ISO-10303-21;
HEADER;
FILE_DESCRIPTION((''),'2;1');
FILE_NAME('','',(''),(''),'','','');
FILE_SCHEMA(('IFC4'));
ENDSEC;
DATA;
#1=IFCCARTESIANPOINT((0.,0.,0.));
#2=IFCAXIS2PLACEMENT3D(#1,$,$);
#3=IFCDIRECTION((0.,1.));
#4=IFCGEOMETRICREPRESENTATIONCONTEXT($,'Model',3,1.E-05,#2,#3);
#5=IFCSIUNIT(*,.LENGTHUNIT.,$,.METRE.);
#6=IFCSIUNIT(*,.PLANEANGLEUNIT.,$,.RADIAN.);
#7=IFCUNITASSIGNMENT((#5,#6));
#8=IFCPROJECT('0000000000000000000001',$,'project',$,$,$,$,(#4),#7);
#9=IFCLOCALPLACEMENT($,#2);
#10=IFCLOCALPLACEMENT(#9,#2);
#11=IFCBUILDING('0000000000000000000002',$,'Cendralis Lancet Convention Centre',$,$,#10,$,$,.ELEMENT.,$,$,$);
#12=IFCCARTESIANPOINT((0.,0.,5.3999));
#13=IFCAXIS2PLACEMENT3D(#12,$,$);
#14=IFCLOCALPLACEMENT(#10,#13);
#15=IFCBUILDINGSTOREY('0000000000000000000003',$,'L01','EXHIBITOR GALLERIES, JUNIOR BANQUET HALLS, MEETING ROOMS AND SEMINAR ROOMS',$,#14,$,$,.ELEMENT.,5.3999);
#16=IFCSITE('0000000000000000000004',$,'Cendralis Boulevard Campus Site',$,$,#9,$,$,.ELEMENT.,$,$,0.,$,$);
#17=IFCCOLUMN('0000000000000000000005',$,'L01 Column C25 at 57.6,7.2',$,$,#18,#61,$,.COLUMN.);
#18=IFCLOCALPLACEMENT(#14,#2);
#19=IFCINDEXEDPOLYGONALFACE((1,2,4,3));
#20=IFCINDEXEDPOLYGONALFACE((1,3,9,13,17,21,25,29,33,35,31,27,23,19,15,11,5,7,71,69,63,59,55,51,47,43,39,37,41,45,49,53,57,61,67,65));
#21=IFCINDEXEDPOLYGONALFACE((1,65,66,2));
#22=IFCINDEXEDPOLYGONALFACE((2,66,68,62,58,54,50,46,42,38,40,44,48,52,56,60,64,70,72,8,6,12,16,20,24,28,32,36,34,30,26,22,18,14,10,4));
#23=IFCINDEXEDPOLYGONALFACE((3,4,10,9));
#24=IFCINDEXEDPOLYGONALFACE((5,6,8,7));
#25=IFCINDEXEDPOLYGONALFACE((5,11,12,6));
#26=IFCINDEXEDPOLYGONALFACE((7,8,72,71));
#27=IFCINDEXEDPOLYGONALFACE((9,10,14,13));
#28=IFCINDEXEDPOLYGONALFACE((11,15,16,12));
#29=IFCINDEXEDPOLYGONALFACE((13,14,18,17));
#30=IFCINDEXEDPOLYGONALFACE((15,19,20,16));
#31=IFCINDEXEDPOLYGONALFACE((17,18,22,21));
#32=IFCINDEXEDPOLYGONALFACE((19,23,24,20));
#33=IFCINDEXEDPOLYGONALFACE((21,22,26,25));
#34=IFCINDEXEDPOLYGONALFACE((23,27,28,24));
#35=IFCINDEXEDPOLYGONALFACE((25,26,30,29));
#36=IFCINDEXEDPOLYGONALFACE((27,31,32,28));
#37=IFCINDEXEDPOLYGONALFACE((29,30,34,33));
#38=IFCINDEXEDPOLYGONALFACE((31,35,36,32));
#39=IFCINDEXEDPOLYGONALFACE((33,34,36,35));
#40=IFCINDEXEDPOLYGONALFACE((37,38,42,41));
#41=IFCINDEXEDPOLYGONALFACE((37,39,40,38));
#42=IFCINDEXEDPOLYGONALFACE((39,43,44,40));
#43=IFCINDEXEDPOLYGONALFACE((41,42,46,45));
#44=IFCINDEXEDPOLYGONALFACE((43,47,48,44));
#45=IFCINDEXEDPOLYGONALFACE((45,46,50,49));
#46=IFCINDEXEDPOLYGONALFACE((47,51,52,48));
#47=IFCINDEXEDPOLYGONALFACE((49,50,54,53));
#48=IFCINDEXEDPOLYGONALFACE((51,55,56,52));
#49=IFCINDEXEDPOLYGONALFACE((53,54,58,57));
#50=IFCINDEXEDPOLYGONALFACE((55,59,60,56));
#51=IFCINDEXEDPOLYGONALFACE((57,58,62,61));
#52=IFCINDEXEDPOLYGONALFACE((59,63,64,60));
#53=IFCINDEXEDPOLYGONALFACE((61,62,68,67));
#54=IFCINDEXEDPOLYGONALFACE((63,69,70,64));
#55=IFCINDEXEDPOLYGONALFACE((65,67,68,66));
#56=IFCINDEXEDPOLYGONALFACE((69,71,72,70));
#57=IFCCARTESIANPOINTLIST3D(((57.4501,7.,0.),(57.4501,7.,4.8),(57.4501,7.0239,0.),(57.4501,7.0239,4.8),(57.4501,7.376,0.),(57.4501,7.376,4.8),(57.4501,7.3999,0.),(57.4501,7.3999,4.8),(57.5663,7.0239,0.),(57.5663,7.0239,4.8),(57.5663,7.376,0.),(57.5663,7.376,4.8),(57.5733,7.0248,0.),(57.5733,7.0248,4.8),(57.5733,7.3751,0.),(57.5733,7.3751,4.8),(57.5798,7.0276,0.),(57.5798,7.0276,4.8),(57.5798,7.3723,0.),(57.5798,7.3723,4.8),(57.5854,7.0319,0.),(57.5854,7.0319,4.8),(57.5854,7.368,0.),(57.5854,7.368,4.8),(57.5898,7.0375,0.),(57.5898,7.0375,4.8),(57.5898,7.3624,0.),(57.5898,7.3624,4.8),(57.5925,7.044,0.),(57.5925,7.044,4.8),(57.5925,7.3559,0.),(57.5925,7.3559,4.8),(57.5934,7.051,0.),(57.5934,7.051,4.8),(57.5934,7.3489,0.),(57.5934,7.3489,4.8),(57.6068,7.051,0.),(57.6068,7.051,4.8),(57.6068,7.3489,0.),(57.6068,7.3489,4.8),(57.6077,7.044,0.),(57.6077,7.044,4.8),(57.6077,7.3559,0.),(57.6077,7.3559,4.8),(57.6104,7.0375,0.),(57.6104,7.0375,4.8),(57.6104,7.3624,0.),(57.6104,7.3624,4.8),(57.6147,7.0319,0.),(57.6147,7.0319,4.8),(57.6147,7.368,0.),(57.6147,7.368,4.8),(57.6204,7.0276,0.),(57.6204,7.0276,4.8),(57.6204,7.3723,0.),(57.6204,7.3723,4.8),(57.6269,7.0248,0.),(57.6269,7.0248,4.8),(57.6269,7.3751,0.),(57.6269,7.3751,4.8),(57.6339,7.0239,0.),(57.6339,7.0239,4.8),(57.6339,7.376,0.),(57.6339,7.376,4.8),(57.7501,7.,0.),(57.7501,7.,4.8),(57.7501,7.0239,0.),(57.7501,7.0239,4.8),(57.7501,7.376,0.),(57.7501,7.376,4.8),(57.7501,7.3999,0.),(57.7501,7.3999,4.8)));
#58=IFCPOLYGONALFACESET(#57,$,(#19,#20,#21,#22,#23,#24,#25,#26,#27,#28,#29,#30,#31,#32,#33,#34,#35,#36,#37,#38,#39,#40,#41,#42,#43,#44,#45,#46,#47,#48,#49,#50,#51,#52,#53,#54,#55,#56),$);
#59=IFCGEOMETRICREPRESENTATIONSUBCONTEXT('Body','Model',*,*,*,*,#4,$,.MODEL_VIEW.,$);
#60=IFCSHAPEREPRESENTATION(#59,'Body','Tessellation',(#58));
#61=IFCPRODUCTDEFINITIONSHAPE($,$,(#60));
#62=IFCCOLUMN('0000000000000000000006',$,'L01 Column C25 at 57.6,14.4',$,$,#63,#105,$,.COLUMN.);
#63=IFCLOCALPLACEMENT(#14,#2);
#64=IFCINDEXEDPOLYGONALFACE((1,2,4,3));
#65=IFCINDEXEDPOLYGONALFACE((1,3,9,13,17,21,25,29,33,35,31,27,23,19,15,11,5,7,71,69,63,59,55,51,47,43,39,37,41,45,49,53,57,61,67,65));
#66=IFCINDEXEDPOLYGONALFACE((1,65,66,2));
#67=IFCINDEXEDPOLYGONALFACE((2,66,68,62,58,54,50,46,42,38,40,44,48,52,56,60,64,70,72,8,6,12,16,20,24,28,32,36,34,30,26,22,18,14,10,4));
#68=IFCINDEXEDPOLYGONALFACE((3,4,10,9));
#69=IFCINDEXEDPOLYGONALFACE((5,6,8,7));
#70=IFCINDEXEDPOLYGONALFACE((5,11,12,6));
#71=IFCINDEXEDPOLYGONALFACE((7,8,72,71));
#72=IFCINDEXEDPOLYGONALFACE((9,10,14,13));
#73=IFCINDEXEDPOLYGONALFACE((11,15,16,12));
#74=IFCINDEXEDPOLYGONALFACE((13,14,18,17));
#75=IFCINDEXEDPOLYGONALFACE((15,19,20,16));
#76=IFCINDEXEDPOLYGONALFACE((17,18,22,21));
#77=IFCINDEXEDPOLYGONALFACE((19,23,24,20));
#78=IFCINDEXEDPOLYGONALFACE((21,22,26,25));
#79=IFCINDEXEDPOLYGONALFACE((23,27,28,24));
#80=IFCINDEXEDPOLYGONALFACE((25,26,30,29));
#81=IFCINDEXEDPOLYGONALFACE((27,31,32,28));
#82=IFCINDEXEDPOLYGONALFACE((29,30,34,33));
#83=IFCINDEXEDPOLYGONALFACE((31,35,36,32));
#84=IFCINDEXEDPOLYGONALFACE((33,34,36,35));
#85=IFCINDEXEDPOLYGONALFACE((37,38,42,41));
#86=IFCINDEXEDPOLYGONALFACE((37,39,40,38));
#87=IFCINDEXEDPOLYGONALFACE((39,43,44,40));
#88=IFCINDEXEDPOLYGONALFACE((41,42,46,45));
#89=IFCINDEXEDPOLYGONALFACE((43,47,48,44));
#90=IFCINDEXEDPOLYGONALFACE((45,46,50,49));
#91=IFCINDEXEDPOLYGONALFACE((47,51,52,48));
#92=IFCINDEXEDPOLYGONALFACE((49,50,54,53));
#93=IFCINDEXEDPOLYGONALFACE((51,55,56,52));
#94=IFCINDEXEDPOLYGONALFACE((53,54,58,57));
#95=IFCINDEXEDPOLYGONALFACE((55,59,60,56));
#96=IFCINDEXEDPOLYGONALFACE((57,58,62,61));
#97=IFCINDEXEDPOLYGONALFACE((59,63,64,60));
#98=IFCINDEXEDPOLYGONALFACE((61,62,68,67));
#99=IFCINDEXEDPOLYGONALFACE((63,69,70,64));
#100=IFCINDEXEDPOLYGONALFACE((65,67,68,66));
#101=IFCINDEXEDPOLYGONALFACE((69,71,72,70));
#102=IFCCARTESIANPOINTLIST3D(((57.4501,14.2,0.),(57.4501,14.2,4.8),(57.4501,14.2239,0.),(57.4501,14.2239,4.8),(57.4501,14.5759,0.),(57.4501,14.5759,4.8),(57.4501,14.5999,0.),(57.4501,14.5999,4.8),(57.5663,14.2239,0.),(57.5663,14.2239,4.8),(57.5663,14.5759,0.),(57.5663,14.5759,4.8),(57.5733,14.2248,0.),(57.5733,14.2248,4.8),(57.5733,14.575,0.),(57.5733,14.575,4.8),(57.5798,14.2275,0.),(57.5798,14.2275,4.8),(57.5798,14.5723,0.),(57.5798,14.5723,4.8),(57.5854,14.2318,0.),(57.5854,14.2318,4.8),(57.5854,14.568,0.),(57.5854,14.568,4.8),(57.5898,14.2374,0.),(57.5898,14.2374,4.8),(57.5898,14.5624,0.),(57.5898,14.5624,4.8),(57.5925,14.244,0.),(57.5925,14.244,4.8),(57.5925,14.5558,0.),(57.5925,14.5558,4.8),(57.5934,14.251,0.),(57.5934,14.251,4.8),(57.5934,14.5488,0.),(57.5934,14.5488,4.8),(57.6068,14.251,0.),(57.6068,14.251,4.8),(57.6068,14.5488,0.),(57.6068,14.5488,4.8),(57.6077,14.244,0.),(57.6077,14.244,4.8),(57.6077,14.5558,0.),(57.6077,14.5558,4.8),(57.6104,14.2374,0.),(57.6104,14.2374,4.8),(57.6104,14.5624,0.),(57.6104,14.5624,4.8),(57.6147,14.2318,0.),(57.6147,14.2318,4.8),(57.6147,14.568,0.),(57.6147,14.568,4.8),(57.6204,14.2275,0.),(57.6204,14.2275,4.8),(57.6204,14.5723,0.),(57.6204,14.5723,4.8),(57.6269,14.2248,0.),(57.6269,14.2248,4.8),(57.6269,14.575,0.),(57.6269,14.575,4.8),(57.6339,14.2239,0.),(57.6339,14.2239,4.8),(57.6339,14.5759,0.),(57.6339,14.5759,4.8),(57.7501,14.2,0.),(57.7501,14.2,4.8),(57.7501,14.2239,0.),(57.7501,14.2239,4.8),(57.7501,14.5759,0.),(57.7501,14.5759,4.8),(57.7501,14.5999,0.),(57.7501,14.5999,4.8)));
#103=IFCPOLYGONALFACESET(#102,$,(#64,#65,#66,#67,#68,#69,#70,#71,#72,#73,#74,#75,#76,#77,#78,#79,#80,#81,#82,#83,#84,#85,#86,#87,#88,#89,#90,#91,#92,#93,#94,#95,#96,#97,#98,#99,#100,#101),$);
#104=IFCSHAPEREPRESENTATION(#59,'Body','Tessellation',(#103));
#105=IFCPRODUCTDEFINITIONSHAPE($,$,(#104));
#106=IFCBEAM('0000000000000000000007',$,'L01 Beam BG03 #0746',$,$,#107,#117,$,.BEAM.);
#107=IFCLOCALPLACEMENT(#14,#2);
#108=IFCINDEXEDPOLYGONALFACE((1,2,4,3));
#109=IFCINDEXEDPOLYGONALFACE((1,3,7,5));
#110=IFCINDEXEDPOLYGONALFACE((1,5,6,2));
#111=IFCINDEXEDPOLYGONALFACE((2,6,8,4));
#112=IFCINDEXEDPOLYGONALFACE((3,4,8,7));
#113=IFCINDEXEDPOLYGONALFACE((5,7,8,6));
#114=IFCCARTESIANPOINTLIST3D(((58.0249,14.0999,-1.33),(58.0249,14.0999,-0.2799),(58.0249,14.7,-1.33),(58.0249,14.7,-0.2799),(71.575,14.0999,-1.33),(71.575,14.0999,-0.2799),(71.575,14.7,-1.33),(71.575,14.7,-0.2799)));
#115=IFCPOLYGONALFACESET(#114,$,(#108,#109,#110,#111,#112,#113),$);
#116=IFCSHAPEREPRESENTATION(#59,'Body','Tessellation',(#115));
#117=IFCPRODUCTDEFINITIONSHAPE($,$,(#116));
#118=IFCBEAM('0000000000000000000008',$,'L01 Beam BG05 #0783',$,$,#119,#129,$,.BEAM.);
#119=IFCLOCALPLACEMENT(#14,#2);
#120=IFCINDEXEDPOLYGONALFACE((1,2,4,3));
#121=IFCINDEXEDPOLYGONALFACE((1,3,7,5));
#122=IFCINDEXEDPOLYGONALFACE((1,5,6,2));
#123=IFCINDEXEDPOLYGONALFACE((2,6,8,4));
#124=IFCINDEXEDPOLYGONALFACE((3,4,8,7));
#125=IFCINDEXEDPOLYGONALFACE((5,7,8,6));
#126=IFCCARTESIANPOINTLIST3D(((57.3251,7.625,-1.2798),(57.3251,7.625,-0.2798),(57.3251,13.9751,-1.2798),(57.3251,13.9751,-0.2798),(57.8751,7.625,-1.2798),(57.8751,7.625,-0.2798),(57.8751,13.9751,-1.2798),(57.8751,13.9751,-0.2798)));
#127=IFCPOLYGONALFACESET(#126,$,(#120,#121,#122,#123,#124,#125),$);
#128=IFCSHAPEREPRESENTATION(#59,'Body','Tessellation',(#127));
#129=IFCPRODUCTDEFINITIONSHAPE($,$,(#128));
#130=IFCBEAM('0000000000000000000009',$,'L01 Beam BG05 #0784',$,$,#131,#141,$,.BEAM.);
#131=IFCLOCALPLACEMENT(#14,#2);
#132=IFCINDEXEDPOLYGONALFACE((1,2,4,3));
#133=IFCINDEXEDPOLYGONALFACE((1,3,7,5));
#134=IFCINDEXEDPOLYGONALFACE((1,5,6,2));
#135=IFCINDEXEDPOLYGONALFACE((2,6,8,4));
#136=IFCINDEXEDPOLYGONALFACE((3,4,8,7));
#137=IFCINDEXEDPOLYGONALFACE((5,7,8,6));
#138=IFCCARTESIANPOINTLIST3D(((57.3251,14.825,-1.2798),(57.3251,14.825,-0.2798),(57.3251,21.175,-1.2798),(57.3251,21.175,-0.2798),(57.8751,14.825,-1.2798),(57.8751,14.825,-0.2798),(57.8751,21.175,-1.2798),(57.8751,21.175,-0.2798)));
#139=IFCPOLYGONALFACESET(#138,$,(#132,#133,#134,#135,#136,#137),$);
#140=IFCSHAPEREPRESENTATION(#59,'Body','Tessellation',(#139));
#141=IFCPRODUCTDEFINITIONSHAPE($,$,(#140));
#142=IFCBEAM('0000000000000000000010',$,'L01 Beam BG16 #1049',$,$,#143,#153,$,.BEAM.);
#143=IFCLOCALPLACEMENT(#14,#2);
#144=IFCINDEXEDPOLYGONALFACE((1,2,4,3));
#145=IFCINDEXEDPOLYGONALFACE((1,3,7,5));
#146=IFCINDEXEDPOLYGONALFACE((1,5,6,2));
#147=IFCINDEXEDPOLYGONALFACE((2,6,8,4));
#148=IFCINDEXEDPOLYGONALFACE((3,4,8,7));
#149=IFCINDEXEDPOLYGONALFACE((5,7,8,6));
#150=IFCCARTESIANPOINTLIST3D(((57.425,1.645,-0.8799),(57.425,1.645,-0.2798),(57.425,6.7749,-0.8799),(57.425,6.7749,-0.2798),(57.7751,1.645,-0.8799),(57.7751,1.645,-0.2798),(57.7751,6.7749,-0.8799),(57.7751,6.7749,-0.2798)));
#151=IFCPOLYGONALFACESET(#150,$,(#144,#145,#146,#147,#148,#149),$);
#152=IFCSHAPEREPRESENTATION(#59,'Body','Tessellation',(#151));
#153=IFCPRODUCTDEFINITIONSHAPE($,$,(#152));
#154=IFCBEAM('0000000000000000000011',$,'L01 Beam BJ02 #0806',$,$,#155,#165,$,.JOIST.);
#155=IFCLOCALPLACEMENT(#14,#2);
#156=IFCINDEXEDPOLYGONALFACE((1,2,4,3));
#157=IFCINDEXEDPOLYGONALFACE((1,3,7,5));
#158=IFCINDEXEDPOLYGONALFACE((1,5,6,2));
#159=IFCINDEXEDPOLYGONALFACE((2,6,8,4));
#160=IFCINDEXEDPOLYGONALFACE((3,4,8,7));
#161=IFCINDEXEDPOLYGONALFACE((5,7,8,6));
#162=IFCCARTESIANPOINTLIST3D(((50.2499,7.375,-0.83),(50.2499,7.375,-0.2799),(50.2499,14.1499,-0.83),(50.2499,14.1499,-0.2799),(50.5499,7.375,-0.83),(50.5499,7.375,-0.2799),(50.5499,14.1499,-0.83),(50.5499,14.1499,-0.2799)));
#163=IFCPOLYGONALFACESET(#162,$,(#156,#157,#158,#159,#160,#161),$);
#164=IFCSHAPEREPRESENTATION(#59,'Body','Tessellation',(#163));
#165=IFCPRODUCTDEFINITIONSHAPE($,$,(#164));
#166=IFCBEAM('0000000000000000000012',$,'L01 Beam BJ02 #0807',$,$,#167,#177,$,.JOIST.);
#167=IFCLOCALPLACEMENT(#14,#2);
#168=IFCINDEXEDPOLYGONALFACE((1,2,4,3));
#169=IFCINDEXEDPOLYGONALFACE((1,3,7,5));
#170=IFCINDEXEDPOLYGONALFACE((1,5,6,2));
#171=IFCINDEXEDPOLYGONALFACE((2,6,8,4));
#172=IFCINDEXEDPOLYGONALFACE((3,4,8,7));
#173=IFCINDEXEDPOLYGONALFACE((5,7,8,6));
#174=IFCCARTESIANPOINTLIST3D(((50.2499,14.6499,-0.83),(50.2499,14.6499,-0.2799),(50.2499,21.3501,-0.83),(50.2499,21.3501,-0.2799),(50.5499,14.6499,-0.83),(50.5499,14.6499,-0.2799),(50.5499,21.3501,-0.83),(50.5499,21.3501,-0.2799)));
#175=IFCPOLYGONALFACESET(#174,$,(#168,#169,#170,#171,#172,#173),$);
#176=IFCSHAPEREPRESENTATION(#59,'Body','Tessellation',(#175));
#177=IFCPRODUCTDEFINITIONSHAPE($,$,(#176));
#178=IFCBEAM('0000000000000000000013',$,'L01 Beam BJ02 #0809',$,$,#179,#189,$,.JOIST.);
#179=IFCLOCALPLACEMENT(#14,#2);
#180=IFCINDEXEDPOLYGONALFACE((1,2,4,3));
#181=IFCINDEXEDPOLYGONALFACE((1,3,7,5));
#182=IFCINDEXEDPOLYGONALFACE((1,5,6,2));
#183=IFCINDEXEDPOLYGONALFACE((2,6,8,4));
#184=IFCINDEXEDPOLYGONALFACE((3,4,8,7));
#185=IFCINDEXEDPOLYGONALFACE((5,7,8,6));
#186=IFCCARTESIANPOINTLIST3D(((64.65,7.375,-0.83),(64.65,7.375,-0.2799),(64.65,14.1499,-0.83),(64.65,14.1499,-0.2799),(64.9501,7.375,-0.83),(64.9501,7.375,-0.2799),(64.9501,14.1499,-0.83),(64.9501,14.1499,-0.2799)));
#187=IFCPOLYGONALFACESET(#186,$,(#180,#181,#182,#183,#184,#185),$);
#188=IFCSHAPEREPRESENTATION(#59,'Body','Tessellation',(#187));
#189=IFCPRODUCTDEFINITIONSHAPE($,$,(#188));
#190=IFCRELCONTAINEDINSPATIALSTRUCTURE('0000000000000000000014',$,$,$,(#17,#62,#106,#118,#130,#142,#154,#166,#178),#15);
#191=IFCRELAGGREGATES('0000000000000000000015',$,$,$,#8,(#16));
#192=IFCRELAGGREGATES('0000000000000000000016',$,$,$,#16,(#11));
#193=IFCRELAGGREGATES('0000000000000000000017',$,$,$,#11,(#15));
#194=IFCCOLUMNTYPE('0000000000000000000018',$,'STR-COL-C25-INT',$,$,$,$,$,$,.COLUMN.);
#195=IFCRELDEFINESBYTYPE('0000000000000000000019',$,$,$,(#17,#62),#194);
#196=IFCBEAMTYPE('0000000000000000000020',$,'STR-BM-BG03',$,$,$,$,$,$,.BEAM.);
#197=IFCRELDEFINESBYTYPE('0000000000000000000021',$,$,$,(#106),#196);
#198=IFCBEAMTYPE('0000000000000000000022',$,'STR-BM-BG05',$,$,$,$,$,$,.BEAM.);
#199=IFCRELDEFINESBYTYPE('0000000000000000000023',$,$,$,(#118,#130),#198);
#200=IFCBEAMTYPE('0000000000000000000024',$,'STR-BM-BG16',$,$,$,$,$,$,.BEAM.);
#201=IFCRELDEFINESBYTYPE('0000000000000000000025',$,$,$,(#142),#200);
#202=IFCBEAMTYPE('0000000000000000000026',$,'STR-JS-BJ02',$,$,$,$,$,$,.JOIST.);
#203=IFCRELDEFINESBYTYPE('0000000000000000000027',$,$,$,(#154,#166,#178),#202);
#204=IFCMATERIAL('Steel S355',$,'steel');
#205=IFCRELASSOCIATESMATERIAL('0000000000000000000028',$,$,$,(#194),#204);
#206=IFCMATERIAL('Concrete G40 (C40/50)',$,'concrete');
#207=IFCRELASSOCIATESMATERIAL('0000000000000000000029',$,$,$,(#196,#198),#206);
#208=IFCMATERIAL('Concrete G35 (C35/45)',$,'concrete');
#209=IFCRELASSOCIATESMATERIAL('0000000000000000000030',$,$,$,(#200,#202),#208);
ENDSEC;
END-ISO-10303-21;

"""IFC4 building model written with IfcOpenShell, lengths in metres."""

from ifc_helpers import new_model, si_unit, direction, frame, origin, origin_2d, place, context, subcontext, project, spatial, rectangle, i_section, extrude, material, material_profile, profile_set, type_object, element, save


model = new_model("IFC4")

# Units and contexts
model_context = context("Model", 3, precision=1e-05, world=origin(), true_north=direction((0.0, 1.0)))
body_context = subcontext(model_context, "Body", "Model", "MODEL_VIEW")
ifc_project = project(units=[si_unit("LENGTHUNIT", "METRE"), si_unit("PLANEANGLEUNIT", "RADIAN")], contexts=[model_context])

# Site, building, storey
site_placement = place(None, origin())
site = spatial("IfcSite", under=ifc_project, at=site_placement, Name="Cendralis Boulevard Campus Site", CompositionType="ELEMENT", RefElevation=0.0)
building_placement = place(site_placement, origin())
building = spatial("IfcBuilding", under=site, at=building_placement, Name="Cendralis Lancet Convention Centre", CompositionType="ELEMENT")
storey_placement = place(building_placement, frame((0.0, 0.0, 5.3999)))
storey = spatial("IfcBuildingStorey", under=building, at=storey_placement, Name="L01", Description="EXHIBITOR GALLERIES, JUNIOR BANQUET HALLS, MEETING ROOMS AND SEMINAR ROOMS", CompositionType="ELEMENT", Elevation=5.3999)

# Columns
ifc_material_1 = material(Name="Steel S355", Category="steel")
ifc_material_profile_1 = material_profile(ifc_material_1, i_section(OverallWidth=0.3, OverallDepth=0.3999, WebThickness=0.0134, FlangeThickness=0.0239, FilletRadius=0.0271, at=origin_2d()), Name="HEB 400")
ifc_profile_set_1 = profile_set([ifc_material_profile_1], Name="Steel S355")
column_type = type_object("IfcColumnType", Name="STR-COL-C25-INT", PredefinedType="COLUMN", material=ifc_profile_set_1)
for number, where, z_axis, x_axis, name in (
    (1, (57.6001, 7.2, 0.0), (0.0, 0.0, 1.0), (1.0, 0.0, 0.0), "L01 Column C25 at 57.6,7.2"),
    (2, (57.6001, 14.3999, 0.0), (0.0, 0.0, 1.0), (1.0, 0.0, 0.0), "L01 Column C25 at 57.6,14.4"),
):
    element("IfcColumn", number, at=place(storey_placement, frame(where, z_axis=z_axis, x_axis=x_axis)), inside=storey, type_object=column_type, Name=name, PredefinedType="COLUMN", context=body_context, shape_type="SweptSolid", body=[
        extrude(i_section(OverallWidth=0.3, OverallDepth=0.3999, WebThickness=0.0134, FlangeThickness=0.0239, FilletRadius=0.0271, at=origin_2d()), origin(), (0.0, 0.0, 1.0), 4.8),
    ])

# Beams
ifc_material_2 = material(Name="Concrete G40 (C40/50)", Category="concrete")
ifc_material_profile_2 = material_profile(ifc_material_2, rectangle(XDim=0.6001, YDim=1.05, at=origin_2d()), Name="RCB 600x1050")
ifc_profile_set_2 = profile_set([ifc_material_profile_2], Name="Concrete G40 (C40/50)")
beam_type_1 = type_object("IfcBeamType", Name="STR-BM-BG03", PredefinedType="BEAM", material=ifc_profile_set_2)
beam_1_placement = place(storey_placement, frame((58.0249, 14.3999, -0.8049), z_axis=(1.0, 0.0, 0.0), x_axis=(0.0, 1.0, 0.0)))
element("IfcBeam", 3, at=beam_1_placement, inside=storey, type_object=beam_type_1, Name="L01 Beam BG03 #0746", PredefinedType="BEAM", context=body_context, shape_type="SweptSolid", body=[
    extrude(rectangle(XDim=0.6001, YDim=1.05, at=origin_2d()), origin(), (0.0, 0.0, 1.0), 13.55),
])
ifc_material_profile_3 = material_profile(ifc_material_2, rectangle(XDim=0.55, YDim=1.0, at=origin_2d()), Name="RCB 550x1000")
ifc_profile_set_3 = profile_set([ifc_material_profile_3], Name="Concrete G40 (C40/50)")
beam_type_2 = type_object("IfcBeamType", Name="STR-BM-BG05", PredefinedType="BEAM", material=ifc_profile_set_3)
for number, where, z_axis, x_axis, name in (
    (4, (57.6001, 7.625, -0.7798), (0.0, 1.0, 0.0), (-1.0, 0.0, 0.0), "L01 Beam BG05 #0783"),
    (5, (57.6001, 14.825, -0.7798), (0.0, 1.0, 0.0), (-1.0, 0.0, 0.0), "L01 Beam BG05 #0784"),
):
    element("IfcBeam", number, at=place(storey_placement, frame(where, z_axis=z_axis, x_axis=x_axis)), inside=storey, type_object=beam_type_2, Name=name, PredefinedType="BEAM", context=body_context, shape_type="SweptSolid", body=[
        extrude(rectangle(XDim=0.55, YDim=1.0, at=origin_2d()), origin(), (0.0, 0.0, 1.0), 6.3501),
    ])
ifc_material_3 = material(Name="Concrete G35 (C35/45)", Category="concrete")
ifc_material_profile_4 = material_profile(ifc_material_3, rectangle(XDim=0.3501, YDim=0.6001, at=origin_2d()), Name="RCB 350x600")
ifc_profile_set_4 = profile_set([ifc_material_profile_4], Name="Concrete G35 (C35/45)")
beam_type_3 = type_object("IfcBeamType", Name="STR-BM-BG16", PredefinedType="BEAM", material=ifc_profile_set_4)
beam_2_placement = place(storey_placement, frame((57.6001, 1.645, -0.5798), z_axis=(0.0, 1.0, 0.0), x_axis=(-1.0, 0.0, 0.0)))
element("IfcBeam", 6, at=beam_2_placement, inside=storey, type_object=beam_type_3, Name="L01 Beam BG16 #1049", PredefinedType="BEAM", context=body_context, shape_type="SweptSolid", body=[
    extrude(rectangle(XDim=0.3501, YDim=0.6001, at=origin_2d()), origin(), (0.0, 0.0, 1.0), 5.1299),
])
ifc_material_profile_5 = material_profile(ifc_material_3, rectangle(XDim=0.3, YDim=0.55, at=origin_2d()), Name="RCB 300x550")
ifc_profile_set_5 = profile_set([ifc_material_profile_5], Name="Concrete G35 (C35/45)")
beam_type_4 = type_object("IfcBeamType", Name="STR-JS-BJ02", PredefinedType="JOIST", material=ifc_profile_set_5)
beam_3_placement = place(storey_placement, frame((50.3999, 7.375, -0.5549), z_axis=(0.0, 1.0, 0.0), x_axis=(-1.0, 0.0, 0.0)))
element("IfcBeam", 7, at=beam_3_placement, inside=storey, type_object=beam_type_4, Name="L01 Beam BJ02 #0806", PredefinedType="JOIST", context=body_context, shape_type="SweptSolid", body=[
    extrude(rectangle(XDim=0.3, YDim=0.55, at=origin_2d()), origin(), (0.0, 0.0, 1.0), 6.7749),
])
beam_4_placement = place(storey_placement, frame((50.3999, 14.6499, -0.5549), z_axis=(0.0, 1.0, 0.0), x_axis=(-1.0, 0.0, 0.0)))
element("IfcBeam", 8, at=beam_4_placement, inside=storey, type_object=beam_type_4, Name="L01 Beam BJ02 #0807", PredefinedType="JOIST", context=body_context, shape_type="SweptSolid", body=[
    extrude(rectangle(XDim=0.3, YDim=0.55, at=origin_2d()), origin(), (0.0, 0.0, 1.0), 6.7002),
])
beam_5_placement = place(storey_placement, frame((64.8, 7.375, -0.5549), z_axis=(0.0, 1.0, 0.0), x_axis=(-1.0, 0.0, 0.0)))
element("IfcBeam", 9, at=beam_5_placement, inside=storey, type_object=beam_type_4, Name="L01 Beam BJ02 #0809", PredefinedType="JOIST", context=body_context, shape_type="SweptSolid", body=[
    extrude(rectangle(XDim=0.3, YDim=0.55, at=origin_2d()), origin(), (0.0, 0.0, 1.0), 6.7749),
])

save(model, "model.ifc")
